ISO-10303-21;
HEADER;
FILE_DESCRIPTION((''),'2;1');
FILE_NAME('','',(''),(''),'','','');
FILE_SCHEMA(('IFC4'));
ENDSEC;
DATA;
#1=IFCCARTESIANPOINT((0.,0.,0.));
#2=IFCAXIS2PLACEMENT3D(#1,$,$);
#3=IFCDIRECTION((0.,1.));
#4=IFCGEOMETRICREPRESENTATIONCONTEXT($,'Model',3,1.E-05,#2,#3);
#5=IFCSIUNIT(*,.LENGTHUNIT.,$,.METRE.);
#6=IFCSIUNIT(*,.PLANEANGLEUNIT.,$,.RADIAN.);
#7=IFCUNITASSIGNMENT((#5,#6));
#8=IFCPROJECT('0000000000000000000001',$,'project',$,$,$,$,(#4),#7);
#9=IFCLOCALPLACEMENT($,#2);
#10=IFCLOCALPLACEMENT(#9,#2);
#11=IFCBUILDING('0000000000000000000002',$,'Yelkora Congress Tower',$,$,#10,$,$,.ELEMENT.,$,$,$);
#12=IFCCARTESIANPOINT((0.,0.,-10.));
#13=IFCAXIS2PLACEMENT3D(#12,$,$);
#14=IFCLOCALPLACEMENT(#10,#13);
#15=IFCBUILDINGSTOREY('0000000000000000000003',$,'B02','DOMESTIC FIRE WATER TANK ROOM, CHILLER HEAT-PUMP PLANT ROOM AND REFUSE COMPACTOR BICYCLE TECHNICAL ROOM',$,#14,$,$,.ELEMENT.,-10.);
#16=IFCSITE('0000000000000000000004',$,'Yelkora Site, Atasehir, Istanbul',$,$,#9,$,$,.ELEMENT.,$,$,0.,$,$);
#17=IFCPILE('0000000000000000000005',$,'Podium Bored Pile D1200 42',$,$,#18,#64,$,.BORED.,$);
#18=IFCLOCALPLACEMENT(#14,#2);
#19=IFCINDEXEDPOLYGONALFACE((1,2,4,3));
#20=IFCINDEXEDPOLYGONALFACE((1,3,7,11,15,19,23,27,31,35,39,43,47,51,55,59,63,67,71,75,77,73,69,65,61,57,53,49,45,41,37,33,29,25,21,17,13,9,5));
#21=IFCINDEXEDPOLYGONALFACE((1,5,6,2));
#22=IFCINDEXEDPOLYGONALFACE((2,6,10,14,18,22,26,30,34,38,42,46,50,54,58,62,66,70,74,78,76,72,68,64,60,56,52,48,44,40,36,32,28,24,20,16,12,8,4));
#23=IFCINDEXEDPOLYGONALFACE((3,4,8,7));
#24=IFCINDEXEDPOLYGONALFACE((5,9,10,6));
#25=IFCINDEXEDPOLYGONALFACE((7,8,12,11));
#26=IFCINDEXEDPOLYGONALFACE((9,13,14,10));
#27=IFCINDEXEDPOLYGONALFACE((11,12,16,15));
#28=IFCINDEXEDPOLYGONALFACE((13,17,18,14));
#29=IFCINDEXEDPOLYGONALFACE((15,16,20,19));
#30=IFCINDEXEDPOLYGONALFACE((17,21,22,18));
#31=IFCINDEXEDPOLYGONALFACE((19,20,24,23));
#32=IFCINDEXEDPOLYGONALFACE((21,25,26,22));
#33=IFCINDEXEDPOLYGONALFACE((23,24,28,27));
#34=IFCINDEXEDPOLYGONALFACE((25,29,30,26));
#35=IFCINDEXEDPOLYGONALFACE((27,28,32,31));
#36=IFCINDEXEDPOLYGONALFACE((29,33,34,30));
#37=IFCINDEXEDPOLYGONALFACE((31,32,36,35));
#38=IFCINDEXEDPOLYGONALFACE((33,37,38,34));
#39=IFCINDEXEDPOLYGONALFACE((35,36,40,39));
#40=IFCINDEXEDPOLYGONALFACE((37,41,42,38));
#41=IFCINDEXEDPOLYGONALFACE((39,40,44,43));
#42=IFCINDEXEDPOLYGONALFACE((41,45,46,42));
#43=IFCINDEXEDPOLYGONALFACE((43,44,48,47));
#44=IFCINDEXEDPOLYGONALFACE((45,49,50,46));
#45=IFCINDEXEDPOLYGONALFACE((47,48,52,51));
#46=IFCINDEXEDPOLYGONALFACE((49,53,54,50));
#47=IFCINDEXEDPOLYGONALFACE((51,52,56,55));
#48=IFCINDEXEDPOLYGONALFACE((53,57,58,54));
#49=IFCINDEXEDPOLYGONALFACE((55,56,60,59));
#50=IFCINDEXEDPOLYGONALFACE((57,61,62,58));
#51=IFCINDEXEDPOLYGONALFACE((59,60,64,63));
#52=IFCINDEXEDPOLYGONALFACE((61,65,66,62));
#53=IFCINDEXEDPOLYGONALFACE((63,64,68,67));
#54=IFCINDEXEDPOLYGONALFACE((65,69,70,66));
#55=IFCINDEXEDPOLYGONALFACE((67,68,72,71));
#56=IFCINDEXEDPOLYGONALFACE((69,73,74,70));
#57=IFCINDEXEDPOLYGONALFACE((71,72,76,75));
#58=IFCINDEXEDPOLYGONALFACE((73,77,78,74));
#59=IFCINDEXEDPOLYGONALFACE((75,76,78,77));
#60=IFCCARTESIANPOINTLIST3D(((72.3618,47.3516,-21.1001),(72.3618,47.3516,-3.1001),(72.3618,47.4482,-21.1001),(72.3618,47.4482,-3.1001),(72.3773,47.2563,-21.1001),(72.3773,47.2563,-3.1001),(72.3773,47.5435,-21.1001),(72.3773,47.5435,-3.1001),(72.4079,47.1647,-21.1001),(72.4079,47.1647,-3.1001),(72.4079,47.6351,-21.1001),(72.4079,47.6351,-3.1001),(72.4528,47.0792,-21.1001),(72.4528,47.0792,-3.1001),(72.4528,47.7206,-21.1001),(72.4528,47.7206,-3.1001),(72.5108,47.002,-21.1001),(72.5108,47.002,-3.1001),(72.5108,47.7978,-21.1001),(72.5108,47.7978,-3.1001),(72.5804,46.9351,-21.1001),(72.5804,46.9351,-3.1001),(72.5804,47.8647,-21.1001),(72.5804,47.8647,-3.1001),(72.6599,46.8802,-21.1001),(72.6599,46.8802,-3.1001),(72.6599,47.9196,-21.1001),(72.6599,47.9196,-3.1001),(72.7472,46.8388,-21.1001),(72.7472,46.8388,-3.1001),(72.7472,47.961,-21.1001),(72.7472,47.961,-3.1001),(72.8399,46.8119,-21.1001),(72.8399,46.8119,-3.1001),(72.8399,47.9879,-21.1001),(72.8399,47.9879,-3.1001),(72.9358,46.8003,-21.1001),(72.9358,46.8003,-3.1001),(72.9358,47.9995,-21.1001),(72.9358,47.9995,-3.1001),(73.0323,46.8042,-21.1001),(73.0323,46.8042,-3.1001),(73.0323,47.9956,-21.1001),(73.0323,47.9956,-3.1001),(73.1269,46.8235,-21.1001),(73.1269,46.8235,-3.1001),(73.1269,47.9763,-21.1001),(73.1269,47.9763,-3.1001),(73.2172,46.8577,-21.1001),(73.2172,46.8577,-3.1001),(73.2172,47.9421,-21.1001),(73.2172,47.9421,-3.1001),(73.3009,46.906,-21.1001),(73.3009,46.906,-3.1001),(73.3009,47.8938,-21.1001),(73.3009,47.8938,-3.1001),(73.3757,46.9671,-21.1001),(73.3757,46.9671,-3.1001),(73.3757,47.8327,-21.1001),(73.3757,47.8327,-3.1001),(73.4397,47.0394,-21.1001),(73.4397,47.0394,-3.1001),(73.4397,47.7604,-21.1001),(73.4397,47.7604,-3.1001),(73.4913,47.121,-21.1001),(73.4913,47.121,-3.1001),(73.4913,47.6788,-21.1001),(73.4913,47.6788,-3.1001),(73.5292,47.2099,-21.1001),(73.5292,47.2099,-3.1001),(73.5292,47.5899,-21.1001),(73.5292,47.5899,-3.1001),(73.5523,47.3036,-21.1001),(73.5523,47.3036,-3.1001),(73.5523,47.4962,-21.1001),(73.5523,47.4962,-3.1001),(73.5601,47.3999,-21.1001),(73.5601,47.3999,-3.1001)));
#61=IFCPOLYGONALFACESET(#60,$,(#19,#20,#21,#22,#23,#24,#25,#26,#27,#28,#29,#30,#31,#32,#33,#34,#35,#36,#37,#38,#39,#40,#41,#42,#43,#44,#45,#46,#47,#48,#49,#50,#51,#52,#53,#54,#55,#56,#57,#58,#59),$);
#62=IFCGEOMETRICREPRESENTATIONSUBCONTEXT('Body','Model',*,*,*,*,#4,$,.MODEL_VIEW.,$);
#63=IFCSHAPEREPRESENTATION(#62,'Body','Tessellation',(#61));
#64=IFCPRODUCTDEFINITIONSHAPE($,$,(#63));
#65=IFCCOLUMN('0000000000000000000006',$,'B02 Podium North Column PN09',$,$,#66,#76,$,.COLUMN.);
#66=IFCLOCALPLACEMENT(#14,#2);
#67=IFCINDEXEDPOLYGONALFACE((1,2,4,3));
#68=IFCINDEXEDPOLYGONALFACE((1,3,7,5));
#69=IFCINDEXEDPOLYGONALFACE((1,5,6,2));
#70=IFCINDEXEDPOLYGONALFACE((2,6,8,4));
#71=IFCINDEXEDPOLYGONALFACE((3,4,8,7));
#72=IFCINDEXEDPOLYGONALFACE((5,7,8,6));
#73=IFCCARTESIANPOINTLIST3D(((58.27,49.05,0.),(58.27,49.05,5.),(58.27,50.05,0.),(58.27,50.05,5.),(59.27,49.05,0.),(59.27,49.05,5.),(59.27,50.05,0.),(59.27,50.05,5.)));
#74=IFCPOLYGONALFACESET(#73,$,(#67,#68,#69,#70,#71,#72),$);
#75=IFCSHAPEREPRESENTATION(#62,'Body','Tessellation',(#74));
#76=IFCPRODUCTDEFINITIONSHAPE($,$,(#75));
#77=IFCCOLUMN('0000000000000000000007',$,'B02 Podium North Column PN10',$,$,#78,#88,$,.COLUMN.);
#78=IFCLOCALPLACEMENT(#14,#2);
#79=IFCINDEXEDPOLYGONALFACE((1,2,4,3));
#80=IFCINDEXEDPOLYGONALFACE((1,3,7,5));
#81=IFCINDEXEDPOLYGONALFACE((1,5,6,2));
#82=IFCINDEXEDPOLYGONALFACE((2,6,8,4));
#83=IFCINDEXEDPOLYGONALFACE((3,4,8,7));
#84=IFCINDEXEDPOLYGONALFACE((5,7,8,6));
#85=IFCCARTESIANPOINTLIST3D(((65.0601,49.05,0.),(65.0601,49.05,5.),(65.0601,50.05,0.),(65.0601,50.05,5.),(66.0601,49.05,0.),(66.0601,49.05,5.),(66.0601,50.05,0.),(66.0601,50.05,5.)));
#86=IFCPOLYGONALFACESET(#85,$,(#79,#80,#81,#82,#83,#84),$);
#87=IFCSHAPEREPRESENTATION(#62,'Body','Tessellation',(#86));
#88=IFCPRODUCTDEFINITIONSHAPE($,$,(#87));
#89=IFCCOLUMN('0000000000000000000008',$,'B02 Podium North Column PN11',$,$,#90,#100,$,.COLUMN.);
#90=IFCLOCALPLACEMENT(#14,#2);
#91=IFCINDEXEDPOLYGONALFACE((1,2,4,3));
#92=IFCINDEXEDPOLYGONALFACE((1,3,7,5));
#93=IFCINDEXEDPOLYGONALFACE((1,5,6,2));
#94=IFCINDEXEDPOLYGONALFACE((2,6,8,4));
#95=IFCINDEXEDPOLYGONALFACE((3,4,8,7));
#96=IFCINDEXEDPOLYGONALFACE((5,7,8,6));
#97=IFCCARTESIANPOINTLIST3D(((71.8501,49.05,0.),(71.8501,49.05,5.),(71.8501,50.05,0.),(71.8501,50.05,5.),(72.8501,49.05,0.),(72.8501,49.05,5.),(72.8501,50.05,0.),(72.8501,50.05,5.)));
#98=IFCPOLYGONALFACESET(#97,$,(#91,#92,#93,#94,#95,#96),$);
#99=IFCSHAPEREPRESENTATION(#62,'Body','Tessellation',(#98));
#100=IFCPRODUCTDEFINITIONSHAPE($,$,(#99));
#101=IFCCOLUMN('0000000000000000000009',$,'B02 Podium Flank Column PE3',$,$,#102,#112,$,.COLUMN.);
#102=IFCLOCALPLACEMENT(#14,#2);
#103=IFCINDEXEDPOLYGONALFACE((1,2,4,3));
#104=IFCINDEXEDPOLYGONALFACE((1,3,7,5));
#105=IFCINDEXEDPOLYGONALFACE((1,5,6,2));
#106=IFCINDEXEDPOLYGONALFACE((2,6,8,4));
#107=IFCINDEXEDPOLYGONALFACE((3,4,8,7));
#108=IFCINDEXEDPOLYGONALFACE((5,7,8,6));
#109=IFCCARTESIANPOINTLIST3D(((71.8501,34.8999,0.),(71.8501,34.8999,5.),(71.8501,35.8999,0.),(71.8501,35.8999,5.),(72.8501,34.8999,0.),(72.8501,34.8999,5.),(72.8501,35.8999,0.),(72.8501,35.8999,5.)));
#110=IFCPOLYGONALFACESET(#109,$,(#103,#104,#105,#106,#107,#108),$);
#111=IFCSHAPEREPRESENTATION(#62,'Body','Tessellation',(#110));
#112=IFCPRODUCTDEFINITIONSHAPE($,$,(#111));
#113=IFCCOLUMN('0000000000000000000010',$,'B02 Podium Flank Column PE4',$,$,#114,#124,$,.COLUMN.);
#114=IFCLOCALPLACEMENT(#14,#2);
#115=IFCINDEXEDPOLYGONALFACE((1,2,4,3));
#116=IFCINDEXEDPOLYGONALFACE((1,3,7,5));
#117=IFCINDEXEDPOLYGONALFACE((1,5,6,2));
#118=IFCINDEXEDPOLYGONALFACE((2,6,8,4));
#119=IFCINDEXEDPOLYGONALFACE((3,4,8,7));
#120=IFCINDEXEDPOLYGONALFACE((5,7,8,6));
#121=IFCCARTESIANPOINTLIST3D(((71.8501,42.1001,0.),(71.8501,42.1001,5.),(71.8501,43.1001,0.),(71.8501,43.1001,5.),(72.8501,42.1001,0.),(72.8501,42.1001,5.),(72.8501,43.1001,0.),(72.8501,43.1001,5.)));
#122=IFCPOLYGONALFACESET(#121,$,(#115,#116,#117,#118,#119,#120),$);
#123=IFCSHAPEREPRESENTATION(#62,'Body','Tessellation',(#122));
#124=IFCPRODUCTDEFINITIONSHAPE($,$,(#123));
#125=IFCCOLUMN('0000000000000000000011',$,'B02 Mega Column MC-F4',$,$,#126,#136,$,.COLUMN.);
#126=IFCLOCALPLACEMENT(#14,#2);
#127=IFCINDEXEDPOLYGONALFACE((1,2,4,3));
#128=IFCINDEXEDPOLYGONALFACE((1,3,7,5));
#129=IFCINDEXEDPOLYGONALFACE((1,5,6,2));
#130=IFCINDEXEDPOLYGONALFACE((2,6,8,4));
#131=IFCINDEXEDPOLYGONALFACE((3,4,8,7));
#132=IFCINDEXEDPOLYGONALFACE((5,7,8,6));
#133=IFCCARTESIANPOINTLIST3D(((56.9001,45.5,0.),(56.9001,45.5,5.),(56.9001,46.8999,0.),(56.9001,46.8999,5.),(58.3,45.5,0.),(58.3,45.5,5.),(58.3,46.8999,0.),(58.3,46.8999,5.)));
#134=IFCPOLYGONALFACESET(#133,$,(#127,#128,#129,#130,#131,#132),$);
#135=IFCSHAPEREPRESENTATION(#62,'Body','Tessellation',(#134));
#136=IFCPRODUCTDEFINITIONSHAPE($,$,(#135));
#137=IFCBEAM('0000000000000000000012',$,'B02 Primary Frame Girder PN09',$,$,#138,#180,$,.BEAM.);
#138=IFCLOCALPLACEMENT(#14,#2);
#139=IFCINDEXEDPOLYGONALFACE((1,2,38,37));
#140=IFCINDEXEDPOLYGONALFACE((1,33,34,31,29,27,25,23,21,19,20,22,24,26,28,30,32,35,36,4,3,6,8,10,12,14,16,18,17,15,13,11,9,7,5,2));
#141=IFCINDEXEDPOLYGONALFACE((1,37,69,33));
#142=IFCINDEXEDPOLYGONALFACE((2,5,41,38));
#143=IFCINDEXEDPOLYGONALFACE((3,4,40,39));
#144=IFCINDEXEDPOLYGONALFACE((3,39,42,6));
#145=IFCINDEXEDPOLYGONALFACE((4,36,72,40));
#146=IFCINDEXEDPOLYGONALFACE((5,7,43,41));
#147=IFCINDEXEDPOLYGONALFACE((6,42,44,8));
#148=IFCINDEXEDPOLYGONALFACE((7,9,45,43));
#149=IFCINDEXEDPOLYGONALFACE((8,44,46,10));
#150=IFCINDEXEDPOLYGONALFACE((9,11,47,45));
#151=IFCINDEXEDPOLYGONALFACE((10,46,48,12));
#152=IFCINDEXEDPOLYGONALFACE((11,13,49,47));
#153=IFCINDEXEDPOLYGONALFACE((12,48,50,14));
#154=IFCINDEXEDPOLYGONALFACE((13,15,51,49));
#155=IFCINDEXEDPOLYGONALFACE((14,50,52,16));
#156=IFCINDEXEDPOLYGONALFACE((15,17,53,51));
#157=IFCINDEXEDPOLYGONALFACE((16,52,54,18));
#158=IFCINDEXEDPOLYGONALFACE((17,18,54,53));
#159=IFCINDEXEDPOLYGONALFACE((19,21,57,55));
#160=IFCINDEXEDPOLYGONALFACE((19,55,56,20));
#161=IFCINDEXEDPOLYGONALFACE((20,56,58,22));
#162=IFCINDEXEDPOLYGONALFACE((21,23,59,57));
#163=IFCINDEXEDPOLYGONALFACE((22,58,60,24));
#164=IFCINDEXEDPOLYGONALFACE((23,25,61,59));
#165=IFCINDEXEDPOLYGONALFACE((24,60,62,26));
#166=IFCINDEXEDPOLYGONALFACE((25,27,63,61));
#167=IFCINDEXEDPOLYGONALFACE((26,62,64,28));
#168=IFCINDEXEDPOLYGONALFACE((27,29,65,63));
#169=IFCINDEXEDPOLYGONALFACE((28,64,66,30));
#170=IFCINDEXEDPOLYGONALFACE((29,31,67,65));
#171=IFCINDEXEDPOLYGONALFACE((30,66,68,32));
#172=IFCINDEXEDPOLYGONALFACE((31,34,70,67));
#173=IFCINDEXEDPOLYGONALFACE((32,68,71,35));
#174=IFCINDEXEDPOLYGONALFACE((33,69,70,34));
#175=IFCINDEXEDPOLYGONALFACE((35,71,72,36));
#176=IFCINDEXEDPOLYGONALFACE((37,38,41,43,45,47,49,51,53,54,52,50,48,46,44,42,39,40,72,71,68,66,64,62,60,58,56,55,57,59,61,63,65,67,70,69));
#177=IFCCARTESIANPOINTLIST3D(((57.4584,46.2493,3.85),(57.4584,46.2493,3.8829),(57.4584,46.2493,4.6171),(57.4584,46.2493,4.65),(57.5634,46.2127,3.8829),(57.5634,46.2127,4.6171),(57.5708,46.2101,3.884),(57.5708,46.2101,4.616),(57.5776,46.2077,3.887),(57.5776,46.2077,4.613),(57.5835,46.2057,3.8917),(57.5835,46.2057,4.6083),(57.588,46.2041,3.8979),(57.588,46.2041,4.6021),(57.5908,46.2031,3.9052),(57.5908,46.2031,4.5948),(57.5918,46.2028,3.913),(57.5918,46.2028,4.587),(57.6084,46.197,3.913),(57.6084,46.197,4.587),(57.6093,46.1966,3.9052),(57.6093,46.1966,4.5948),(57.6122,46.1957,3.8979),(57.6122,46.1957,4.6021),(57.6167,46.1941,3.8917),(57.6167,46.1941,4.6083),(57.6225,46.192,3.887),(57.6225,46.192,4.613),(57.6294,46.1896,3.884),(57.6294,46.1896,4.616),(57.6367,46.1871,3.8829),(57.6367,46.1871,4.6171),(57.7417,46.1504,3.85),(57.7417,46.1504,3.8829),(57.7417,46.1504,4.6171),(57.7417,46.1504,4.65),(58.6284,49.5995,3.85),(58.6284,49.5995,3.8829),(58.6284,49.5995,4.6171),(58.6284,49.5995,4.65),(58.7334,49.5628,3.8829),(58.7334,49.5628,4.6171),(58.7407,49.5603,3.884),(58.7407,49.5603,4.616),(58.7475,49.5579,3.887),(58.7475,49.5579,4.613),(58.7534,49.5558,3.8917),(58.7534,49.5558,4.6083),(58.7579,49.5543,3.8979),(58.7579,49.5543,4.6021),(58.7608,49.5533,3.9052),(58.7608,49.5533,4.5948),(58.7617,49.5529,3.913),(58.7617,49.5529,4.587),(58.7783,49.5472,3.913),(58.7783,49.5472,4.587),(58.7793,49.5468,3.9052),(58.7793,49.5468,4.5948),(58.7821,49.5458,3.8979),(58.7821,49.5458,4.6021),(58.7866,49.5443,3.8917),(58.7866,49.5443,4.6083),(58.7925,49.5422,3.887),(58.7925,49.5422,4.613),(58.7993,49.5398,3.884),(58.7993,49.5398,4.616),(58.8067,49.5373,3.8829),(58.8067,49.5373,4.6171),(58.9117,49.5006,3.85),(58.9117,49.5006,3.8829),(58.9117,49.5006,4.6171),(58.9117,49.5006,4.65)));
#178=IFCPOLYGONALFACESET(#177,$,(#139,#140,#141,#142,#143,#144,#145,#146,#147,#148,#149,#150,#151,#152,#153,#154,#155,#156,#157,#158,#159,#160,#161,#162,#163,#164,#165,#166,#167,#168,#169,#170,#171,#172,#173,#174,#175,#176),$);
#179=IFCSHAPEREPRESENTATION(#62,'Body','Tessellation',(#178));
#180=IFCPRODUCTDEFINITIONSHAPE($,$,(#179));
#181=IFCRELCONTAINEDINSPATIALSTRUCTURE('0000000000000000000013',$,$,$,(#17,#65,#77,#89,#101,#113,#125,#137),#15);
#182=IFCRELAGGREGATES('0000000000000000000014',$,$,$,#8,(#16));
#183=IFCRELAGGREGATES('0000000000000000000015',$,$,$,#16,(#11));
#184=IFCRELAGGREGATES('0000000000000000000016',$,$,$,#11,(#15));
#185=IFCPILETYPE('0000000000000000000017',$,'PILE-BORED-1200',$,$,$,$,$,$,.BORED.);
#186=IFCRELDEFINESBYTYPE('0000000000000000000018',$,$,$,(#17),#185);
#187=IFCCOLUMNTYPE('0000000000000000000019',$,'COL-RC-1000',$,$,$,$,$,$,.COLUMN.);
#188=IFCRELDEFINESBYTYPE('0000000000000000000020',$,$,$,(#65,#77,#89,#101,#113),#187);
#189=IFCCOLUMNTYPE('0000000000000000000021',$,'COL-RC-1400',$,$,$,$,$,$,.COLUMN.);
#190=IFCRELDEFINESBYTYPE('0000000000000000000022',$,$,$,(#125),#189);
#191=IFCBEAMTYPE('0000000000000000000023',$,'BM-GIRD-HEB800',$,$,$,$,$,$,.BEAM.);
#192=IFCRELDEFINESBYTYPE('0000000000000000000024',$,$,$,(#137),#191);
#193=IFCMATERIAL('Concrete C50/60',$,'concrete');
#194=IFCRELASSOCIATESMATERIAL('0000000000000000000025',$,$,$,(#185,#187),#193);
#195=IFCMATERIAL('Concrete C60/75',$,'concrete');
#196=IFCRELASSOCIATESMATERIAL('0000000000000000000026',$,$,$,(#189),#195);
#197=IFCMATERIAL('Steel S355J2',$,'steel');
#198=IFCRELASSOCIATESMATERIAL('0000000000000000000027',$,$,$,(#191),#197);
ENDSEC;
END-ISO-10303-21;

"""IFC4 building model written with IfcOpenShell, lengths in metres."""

from ifc_helpers import new_model, si_unit, direction, frame, origin, origin_2d, place, context, subcontext, project, spatial, rectangle, circle, i_section, extrude, material, material_profile, profile_set, type_object, element, save


model = new_model("IFC4")

# Units and contexts
model_context = context("Model", 3, precision=1e-05, world=origin(), true_north=direction((0.0, 1.0)))
body_context = subcontext(model_context, "Body", "Model", "MODEL_VIEW")
ifc_project = project(units=[si_unit("LENGTHUNIT", "METRE"), si_unit("PLANEANGLEUNIT", "RADIAN")], contexts=[model_context])

# Site, building, storey
site_placement = place(None, origin())
site = spatial("IfcSite", under=ifc_project, at=site_placement, Name="Yelkora Site, Atasehir, Istanbul", CompositionType="ELEMENT", RefElevation=0.0)
building_placement = place(site_placement, origin())
building = spatial("IfcBuilding", under=site, at=building_placement, Name="Yelkora Congress Tower", CompositionType="ELEMENT")
storey_placement = place(building_placement, frame((0.0, 0.0, -10.0)))
storey = spatial("IfcBuildingStorey", under=building, at=storey_placement, Name="B02", Description="DOMESTIC FIRE WATER TANK ROOM, CHILLER HEAT-PUMP PLANT ROOM AND REFUSE COMPACTOR BICYCLE TECHNICAL ROOM", CompositionType="ELEMENT", Elevation=-10.0)

# Pile
ifc_material_1 = material(Name="Concrete C50/60", Category="concrete")
ifc_material_profile_1 = material_profile(ifc_material_1, circle(Radius=0.6001, at=origin_2d()), Name="PILE D1200")
ifc_profile_set_1 = profile_set([ifc_material_profile_1], Name="Concrete C50/60")
pile_type = type_object("IfcPileType", Name="PILE-BORED-1200", PredefinedType="BORED", material=ifc_profile_set_1)
for number, where, z_axis, x_axis, name in (
    (1, (72.96, 47.3999, -3.1001), (0.0, 0.0, -1.0), (1.0, 0.0, 0.0), "Podium Bored Pile D1200 42"),
):
    element("IfcPile", number, at=place(storey_placement, frame(where, z_axis=z_axis, x_axis=x_axis)), inside=storey, type_object=pile_type, Name=name, PredefinedType="BORED", context=body_context, shape_type="SweptSolid", body=[
        extrude(circle(Radius=0.6001, at=origin_2d()), origin(), (0.0, 0.0, 1.0), 18.0),
    ])

# Columns
ifc_material_profile_2 = material_profile(ifc_material_1, rectangle(XDim=1.0, YDim=1.0, at=origin_2d()), Name="RC 1000x1000")
ifc_profile_set_2 = profile_set([ifc_material_profile_2], Name="Concrete C50/60")
column_type_1 = type_object("IfcColumnType", Name="COL-RC-1000", PredefinedType="COLUMN", material=ifc_profile_set_2)
for number, where, z_axis, x_axis, name in (
    (2, (58.77, 49.55, 0.0), (0.0, 0.0, 1.0), (1.0, 0.0, 0.0), "B02 Podium North Column PN09"),
    (3, (65.5601, 49.55, 0.0), (0.0, 0.0, 1.0), (1.0, 0.0, 0.0), "B02 Podium North Column PN10"),
    (4, (72.3501, 49.55, 0.0), (0.0, 0.0, 1.0), (1.0, 0.0, 0.0), "B02 Podium North Column PN11"),
    (5, (72.3501, 35.3999, 0.0), (0.0, 0.0, 1.0), (1.0, 0.0, 0.0), "B02 Podium Flank Column PE3"),
    (6, (72.3501, 42.6001, 0.0), (0.0, 0.0, 1.0), (1.0, 0.0, 0.0), "B02 Podium Flank Column PE4"),
):
    element("IfcColumn", number, at=place(storey_placement, frame(where, z_axis=z_axis, x_axis=x_axis)), inside=storey, type_object=column_type_1, Name=name, PredefinedType="COLUMN", context=body_context, shape_type="SweptSolid", body=[
        extrude(rectangle(XDim=1.0, YDim=1.0, at=origin_2d()), origin(), (0.0, 0.0, 1.0), 5.0),
    ])
ifc_material_2 = material(Name="Concrete C60/75", Category="concrete")
ifc_material_profile_3 = material_profile(ifc_material_2, rectangle(XDim=1.3999, YDim=1.3999, at=origin_2d()), Name="RC 1400x1400")
ifc_profile_set_3 = profile_set([ifc_material_profile_3], Name="Concrete C60/75")
column_type_2 = type_object("IfcColumnType", Name="COL-RC-1400", PredefinedType="COLUMN", material=ifc_profile_set_3)
column_placement = place(storey_placement, frame((57.6001, 46.2, 0.0), z_axis=(0.0, 0.0, 1.0), x_axis=(1.0, 0.0, 0.0)))
element("IfcColumn", 7, at=column_placement, inside=storey, type_object=column_type_2, Name="B02 Mega Column MC-F4", PredefinedType="COLUMN", context=body_context, shape_type="SweptSolid", body=[
    extrude(rectangle(XDim=1.3999, YDim=1.3999, at=origin_2d()), origin(), (0.0, 0.0, 1.0), 5.0),
])

# Beam
ifc_material_3 = material(Name="Steel S355J2", Category="steel")
ifc_material_profile_4 = material_profile(ifc_material_3, i_section(OverallWidth=0.3, OverallDepth=0.8, WebThickness=0.0176, FlangeThickness=0.033, FilletRadius=0.03, at=origin_2d()), Name="HEB 800")
ifc_profile_set_4 = profile_set([ifc_material_profile_4], Name="Steel S355J2")
beam_type_1 = type_object("IfcBeamType", Name="BM-GIRD-HEB800", PredefinedType="BEAM", material=ifc_profile_set_4)
beam_1_placement = place(storey_placement, frame((58.77, 49.55, 4.25), z_axis=(-0.329695, -0.944088, 0.0), x_axis=(0.944088, -0.329695, 0.0)))
element("IfcBeam", 8, at=beam_1_placement, inside=storey, type_object=beam_type_1, Name="B02 Primary Frame Girder PN09", PredefinedType="BEAM", context=body_context, shape_type="SweptSolid", body=[
    extrude(i_section(OverallWidth=0.3, OverallDepth=0.8, WebThickness=0.0176, FlangeThickness=0.033, FilletRadius=0.03, at=origin_2d()), origin(), (0.0, 0.0, 1.0), 3.5486),
])

save(model, "model.ifc")
